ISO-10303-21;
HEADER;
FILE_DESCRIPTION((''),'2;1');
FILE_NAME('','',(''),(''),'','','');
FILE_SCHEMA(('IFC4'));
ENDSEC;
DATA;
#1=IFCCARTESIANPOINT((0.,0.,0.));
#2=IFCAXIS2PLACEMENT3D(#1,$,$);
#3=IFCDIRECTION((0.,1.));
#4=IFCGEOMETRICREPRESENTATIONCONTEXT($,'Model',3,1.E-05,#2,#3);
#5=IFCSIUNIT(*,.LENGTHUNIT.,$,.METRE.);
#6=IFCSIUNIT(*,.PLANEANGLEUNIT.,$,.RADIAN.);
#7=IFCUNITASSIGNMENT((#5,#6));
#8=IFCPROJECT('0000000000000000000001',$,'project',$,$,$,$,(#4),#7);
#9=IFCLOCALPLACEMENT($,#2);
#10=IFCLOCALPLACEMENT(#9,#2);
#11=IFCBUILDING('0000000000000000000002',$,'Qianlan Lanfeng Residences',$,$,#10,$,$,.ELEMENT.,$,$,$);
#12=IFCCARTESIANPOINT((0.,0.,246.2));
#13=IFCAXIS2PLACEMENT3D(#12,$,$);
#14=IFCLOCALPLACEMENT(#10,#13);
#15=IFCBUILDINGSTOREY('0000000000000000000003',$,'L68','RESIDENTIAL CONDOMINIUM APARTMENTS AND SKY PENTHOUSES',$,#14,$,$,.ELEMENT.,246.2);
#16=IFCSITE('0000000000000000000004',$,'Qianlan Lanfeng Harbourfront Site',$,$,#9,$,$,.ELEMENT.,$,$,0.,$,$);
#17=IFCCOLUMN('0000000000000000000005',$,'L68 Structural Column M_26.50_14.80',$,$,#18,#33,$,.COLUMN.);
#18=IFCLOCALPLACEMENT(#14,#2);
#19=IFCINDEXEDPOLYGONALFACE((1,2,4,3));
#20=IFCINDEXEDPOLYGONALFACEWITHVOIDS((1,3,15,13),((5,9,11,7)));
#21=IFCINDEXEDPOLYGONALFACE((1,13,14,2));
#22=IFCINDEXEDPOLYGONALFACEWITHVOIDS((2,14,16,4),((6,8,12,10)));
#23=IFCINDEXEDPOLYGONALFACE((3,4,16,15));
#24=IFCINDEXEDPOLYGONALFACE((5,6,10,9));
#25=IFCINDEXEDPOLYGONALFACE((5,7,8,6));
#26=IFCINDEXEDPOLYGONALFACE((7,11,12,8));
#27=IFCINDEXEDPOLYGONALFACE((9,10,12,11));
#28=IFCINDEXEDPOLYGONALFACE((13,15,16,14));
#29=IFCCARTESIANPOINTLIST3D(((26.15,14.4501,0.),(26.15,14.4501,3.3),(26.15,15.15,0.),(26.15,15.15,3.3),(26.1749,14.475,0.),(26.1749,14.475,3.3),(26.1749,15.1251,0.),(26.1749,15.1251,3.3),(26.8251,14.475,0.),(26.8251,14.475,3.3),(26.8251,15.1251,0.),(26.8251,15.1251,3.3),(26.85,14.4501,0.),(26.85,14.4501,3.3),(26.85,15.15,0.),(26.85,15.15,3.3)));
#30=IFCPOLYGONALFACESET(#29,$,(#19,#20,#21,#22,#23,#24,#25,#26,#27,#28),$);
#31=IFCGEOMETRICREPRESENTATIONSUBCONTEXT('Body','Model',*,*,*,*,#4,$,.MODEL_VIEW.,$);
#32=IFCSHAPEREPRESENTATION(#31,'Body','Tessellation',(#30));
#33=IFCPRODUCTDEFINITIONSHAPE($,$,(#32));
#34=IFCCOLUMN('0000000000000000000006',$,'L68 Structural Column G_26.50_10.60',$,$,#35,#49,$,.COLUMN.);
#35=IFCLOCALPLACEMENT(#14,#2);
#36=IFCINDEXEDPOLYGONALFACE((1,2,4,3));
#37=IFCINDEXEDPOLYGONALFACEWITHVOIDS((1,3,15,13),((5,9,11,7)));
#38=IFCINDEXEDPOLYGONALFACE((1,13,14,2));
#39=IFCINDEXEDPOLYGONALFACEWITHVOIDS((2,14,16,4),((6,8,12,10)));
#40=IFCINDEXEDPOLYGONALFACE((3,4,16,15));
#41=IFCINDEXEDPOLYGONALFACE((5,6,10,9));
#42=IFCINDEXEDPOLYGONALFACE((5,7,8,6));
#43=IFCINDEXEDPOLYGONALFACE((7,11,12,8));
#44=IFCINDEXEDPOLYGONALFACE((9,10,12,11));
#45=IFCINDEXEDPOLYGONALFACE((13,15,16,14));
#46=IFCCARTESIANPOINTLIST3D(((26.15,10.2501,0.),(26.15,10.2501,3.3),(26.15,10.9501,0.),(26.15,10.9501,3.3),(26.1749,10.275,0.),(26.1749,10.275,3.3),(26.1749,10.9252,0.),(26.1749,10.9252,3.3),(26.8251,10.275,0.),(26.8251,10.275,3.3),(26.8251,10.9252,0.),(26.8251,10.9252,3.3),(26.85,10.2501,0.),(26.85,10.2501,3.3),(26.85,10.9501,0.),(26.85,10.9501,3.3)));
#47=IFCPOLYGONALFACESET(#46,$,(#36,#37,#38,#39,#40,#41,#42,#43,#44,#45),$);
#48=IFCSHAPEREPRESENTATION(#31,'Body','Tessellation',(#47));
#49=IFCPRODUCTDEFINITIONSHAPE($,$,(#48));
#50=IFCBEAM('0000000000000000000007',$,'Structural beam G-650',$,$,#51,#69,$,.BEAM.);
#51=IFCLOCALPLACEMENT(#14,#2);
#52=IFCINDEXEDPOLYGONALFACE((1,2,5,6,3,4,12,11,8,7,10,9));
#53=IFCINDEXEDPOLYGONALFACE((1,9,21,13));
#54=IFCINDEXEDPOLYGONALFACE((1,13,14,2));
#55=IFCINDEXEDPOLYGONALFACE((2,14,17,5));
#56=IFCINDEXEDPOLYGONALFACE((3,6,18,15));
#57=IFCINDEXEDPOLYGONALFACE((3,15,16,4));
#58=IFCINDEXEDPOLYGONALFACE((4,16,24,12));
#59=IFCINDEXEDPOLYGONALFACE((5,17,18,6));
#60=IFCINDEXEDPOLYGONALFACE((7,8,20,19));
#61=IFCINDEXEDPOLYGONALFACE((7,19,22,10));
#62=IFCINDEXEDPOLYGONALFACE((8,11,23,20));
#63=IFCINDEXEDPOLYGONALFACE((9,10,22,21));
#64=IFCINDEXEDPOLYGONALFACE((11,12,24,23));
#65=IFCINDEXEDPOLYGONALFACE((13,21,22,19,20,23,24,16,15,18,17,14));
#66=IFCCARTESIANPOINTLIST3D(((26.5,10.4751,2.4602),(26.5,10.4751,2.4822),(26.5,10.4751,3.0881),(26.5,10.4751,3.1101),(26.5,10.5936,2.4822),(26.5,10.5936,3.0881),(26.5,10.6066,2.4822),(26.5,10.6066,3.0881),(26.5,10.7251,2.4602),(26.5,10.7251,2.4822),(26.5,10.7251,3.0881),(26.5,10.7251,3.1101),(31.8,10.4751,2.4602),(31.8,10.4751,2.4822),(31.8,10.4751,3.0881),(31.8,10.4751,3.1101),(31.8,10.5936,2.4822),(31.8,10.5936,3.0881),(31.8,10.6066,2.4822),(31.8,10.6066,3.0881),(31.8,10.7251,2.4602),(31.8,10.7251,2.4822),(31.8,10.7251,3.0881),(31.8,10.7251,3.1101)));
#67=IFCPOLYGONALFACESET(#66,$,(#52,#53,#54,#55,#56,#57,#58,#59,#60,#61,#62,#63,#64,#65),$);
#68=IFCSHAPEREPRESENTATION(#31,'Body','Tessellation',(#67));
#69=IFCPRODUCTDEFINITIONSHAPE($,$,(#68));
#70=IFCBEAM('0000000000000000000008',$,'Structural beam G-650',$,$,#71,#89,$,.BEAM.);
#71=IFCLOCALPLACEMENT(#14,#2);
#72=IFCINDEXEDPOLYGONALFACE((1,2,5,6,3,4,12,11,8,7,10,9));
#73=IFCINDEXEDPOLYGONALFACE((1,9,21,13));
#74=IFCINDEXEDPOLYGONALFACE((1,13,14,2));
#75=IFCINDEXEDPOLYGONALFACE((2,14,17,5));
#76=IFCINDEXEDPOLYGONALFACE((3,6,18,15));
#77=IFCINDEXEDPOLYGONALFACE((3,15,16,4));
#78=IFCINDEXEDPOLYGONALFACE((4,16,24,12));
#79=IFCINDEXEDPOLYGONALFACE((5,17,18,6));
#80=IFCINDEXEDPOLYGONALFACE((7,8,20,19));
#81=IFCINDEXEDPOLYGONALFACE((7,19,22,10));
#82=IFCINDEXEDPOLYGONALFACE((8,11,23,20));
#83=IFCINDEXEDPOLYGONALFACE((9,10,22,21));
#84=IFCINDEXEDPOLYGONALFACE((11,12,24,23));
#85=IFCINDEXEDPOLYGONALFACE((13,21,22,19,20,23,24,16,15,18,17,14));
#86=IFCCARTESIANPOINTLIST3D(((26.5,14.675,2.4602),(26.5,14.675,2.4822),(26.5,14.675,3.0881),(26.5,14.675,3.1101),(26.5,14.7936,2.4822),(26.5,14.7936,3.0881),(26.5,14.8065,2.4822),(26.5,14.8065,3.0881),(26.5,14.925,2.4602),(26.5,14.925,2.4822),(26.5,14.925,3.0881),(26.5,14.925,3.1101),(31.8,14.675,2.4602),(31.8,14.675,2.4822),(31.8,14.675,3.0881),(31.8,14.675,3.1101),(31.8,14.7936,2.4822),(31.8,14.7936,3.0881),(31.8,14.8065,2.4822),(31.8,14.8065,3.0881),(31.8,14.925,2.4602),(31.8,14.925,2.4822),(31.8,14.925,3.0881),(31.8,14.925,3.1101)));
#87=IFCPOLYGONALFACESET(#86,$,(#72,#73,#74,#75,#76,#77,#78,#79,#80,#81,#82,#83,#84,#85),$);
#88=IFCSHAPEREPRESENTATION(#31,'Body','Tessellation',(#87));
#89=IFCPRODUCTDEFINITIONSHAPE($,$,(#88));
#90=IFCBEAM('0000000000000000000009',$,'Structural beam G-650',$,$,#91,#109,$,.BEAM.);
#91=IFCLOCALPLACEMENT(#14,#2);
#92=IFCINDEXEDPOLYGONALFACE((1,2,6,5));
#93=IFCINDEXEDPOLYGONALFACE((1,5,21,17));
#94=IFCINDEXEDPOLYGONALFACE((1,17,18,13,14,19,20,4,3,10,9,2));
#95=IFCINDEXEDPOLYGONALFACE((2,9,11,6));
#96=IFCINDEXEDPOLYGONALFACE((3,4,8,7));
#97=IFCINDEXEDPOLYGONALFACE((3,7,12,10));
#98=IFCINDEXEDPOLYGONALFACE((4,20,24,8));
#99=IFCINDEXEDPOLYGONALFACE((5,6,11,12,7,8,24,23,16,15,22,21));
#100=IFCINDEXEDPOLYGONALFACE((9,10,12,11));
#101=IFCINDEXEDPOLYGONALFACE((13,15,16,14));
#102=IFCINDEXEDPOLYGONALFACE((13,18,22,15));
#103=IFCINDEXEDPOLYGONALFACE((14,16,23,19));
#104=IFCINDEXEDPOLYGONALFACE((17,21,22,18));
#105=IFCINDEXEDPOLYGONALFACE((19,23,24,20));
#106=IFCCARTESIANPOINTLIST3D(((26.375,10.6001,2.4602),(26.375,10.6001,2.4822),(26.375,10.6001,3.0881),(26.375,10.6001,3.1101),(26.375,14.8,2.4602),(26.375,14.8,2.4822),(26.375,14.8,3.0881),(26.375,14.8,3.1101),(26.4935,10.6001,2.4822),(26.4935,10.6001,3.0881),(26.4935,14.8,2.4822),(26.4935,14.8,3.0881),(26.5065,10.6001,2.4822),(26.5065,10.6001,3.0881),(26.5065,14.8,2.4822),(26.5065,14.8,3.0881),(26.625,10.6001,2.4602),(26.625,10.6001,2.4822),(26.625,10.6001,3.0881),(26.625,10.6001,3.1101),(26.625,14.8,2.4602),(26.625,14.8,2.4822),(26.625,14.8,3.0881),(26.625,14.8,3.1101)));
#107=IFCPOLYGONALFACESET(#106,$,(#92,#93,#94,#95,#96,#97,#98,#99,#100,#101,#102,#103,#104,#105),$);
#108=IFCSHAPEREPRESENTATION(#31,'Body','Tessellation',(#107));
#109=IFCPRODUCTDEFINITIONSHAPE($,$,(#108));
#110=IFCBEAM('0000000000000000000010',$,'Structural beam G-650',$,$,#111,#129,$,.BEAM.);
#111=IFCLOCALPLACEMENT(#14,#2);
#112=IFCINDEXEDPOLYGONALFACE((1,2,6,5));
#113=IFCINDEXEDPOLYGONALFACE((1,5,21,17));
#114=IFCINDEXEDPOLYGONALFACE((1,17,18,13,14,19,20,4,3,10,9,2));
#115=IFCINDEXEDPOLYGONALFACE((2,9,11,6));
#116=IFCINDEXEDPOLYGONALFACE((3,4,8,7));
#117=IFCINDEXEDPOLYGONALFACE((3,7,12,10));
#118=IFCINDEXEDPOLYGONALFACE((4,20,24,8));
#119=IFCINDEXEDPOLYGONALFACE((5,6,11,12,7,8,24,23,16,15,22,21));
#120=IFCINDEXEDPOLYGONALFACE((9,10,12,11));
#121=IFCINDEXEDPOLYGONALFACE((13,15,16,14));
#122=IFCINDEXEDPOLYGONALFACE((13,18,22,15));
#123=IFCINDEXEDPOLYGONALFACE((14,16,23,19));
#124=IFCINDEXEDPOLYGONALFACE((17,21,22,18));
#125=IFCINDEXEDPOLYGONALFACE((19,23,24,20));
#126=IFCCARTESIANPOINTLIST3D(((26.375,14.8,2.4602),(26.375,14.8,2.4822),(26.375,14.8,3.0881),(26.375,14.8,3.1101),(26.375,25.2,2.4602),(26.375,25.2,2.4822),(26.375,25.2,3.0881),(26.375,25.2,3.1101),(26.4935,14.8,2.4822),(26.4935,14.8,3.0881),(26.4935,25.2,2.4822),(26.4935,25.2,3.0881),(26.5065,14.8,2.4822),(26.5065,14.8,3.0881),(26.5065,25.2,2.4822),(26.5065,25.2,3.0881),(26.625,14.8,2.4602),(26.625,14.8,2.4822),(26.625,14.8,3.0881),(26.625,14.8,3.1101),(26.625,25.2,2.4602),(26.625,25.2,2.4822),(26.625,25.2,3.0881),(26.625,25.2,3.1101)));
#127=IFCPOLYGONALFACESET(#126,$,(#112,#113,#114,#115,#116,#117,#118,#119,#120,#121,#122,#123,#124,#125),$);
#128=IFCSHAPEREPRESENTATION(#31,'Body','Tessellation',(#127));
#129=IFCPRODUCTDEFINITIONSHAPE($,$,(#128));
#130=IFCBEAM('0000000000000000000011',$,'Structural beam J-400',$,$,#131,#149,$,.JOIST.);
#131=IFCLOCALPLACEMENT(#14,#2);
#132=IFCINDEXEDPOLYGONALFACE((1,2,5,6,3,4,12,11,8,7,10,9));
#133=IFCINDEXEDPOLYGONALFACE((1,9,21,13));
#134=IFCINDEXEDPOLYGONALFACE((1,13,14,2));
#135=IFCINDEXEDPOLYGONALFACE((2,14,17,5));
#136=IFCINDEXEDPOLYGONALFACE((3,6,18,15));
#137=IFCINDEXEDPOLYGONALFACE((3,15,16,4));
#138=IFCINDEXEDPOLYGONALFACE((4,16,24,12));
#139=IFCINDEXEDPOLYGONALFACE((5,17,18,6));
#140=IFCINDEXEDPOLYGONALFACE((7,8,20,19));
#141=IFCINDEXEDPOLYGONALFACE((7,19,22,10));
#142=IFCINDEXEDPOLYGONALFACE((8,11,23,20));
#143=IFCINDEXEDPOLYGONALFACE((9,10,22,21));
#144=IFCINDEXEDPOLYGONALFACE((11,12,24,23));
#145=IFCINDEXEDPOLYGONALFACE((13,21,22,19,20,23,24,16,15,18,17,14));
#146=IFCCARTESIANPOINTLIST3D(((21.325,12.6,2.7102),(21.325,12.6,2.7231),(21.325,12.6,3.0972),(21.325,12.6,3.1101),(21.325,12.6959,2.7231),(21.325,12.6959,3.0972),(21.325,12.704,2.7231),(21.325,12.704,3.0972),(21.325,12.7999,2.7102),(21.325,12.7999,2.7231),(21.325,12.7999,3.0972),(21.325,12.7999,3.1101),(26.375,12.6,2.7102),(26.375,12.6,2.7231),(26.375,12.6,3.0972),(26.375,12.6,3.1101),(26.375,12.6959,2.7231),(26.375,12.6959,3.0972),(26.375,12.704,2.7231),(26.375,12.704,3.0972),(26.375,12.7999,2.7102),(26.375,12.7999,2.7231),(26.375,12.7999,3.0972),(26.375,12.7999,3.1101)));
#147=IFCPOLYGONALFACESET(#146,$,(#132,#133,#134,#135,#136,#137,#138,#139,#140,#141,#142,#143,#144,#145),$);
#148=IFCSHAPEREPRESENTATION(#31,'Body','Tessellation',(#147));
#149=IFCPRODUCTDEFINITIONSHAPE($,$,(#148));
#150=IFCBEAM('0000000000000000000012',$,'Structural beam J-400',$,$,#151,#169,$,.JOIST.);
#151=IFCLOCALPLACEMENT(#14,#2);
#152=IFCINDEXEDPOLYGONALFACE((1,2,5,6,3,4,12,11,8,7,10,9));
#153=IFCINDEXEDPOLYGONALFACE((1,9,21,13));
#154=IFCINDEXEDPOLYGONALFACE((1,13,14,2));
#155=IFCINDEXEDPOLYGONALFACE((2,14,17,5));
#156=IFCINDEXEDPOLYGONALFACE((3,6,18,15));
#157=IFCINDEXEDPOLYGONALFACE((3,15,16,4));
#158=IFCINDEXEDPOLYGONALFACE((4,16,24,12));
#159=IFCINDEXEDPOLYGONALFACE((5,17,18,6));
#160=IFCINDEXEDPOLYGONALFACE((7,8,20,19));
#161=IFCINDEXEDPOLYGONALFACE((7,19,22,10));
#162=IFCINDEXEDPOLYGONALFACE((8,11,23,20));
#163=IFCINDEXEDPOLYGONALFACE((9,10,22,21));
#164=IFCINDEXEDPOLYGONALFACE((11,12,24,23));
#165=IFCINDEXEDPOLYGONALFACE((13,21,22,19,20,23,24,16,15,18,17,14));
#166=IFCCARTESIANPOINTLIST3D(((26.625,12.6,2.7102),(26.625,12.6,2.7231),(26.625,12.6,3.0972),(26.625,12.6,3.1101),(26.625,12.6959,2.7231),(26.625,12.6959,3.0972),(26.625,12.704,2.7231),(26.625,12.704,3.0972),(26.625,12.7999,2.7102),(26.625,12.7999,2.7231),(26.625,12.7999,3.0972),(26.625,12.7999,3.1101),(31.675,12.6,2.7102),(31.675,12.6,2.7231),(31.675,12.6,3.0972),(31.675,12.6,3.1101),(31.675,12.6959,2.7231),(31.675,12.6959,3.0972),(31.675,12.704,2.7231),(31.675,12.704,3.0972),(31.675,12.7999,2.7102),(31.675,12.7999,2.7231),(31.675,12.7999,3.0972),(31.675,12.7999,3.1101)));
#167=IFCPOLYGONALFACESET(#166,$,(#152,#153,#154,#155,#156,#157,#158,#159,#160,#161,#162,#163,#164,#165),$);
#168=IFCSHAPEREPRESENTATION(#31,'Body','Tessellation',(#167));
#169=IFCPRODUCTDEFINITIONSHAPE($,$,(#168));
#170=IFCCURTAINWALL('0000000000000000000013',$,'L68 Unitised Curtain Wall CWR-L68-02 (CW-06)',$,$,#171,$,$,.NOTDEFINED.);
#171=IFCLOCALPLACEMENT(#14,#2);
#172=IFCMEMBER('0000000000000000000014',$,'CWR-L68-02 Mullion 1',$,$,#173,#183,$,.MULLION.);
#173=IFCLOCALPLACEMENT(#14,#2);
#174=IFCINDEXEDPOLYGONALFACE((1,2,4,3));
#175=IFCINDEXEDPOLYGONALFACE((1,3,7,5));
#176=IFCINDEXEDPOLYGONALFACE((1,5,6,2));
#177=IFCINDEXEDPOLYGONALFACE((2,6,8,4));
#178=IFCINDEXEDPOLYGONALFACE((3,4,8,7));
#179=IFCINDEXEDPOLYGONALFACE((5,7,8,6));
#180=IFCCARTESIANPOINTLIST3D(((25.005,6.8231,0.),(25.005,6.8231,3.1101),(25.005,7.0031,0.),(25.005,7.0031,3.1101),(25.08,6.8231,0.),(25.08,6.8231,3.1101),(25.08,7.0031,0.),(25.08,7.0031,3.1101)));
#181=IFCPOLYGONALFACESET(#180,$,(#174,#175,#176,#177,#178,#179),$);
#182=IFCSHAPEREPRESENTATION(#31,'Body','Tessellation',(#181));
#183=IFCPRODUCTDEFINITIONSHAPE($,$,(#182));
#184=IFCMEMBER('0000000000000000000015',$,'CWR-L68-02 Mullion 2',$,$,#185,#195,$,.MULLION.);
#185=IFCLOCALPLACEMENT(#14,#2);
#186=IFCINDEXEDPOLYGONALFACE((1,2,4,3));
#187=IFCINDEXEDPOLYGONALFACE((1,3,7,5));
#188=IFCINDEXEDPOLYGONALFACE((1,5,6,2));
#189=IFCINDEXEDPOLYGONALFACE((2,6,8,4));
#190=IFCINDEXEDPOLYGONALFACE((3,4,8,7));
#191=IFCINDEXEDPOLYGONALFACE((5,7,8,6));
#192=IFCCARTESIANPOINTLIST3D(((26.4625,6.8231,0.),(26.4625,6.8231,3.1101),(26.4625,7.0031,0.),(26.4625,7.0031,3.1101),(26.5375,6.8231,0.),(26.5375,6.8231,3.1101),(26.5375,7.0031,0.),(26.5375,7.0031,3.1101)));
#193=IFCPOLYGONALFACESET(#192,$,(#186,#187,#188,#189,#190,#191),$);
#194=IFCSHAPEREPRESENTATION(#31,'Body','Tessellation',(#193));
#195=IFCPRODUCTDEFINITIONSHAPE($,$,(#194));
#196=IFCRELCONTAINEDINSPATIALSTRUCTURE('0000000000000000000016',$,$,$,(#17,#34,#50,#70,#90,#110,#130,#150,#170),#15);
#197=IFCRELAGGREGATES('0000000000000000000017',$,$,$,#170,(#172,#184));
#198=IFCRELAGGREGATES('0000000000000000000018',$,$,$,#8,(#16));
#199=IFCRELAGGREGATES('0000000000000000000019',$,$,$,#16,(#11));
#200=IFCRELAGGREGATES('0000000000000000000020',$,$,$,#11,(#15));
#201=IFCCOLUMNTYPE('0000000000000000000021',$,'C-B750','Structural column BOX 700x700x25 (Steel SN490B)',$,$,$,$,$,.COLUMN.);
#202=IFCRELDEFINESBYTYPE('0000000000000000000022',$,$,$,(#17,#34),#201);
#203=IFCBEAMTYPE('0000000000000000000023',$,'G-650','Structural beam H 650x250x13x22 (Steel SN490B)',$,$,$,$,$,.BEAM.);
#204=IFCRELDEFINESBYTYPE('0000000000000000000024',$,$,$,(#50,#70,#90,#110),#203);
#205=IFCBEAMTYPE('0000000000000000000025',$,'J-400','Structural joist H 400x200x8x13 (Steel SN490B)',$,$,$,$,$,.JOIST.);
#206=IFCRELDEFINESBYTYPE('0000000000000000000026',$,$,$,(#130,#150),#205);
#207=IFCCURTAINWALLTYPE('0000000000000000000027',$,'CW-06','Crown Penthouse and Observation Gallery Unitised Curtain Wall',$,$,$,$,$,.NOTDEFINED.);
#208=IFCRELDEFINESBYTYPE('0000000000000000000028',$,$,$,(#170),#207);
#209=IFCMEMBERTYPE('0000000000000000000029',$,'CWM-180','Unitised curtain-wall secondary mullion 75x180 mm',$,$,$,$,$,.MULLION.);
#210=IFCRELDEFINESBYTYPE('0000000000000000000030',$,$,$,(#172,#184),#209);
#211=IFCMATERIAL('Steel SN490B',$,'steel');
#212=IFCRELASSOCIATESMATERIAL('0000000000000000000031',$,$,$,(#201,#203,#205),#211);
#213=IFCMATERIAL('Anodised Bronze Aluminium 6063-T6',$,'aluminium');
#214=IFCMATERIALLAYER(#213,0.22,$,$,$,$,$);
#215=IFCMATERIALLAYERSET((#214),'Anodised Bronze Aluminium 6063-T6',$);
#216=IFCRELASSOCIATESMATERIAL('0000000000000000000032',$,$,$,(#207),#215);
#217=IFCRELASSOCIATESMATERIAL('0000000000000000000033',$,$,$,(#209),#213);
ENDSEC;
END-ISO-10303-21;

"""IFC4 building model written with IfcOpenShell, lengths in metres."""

from ifc_helpers import new_model, si_unit, direction, frame, origin, origin_2d, place, context, subcontext, project, spatial, rectangle, hollow_rectangle, i_section, extrude, source, transform, mapped, material, layer, layer_set, material_profile, profile_set, type_object, element, aggregate, save


model = new_model("IFC4")

# Units and contexts
model_context = context("Model", 3, precision=1e-05, world=origin(), true_north=direction((0.0, 1.0)))
body_context = subcontext(model_context, "Body", "Model", "MODEL_VIEW")
ifc_project = project(units=[si_unit("LENGTHUNIT", "METRE"), si_unit("PLANEANGLEUNIT", "RADIAN")], contexts=[model_context])

# Site, building, storey
site_placement = place(None, origin())
site = spatial("IfcSite", under=ifc_project, at=site_placement, Name="Qianlan Lanfeng Harbourfront Site", CompositionType="ELEMENT", RefElevation=0.0)
building_placement = place(site_placement, origin())
building = spatial("IfcBuilding", under=site, at=building_placement, Name="Qianlan Lanfeng Residences", CompositionType="ELEMENT")
storey_placement = place(building_placement, frame((0.0, 0.0, 246.2)))
storey = spatial("IfcBuildingStorey", under=building, at=storey_placement, Name="L68", Description="RESIDENTIAL CONDOMINIUM APARTMENTS AND SKY PENTHOUSES", CompositionType="ELEMENT", Elevation=246.2)

# Columns
ifc_material_1 = material(Name="Steel SN490B", Category="steel")
ifc_material_profile_1 = material_profile(ifc_material_1, hollow_rectangle(XDim=0.7, YDim=0.7, WallThickness=0.0249, at=origin_2d()), Name="BOX 700x700x25")
ifc_profile_set_1 = profile_set([ifc_material_profile_1], Name="Steel SN490B")
column_type = type_object("IfcColumnType", Name="C-B750", Description="Structural column BOX 700x700x25 (Steel SN490B)", PredefinedType="COLUMN", material=ifc_profile_set_1)
for number, where, z_axis, x_axis, name in (
    (1, (26.5, 14.8, 0.0), (0.0, 0.0, 1.0), (1.0, 0.0, 0.0), "L68 Structural Column M_26.50_14.80"),
    (2, (26.5, 10.6001, 0.0), (0.0, 0.0, 1.0), (1.0, 0.0, 0.0), "L68 Structural Column G_26.50_10.60"),
):
    element("IfcColumn", number, at=place(storey_placement, frame(where, z_axis=z_axis, x_axis=x_axis)), inside=storey, type_object=column_type, Name=name, PredefinedType="COLUMN", context=body_context, shape_type="SweptSolid", body=[
        extrude(hollow_rectangle(XDim=0.7, YDim=0.7, WallThickness=0.0249, at=origin_2d()), origin(), (0.0, 0.0, 1.0), 3.3),
    ])

# Beams
ifc_material_profile_2 = material_profile(ifc_material_1, i_section(OverallWidth=0.25, OverallDepth=0.6499, WebThickness=0.0129, FlangeThickness=0.022, at=origin_2d()), Name="H 650x250x13x22")
ifc_profile_set_2 = profile_set([ifc_material_profile_2], Name="Steel SN490B")
beam_type_1 = type_object("IfcBeamType", Name="G-650", Description="Structural beam H 650x250x13x22 (Steel SN490B)", PredefinedType="BEAM", material=ifc_profile_set_2)
for number, where, z_axis, x_axis, name in (
    (3, (26.5, 10.6001, 2.7852), (1.0, 0.0, 0.0), (0.0, 1.0, 0.0), "Structural beam G-650"),
    (4, (26.5, 14.8, 2.7852), (1.0, 0.0, 0.0), (0.0, 1.0, 0.0), "Structural beam G-650"),
):
    element("IfcBeam", number, at=place(storey_placement, frame(where, z_axis=z_axis, x_axis=x_axis)), inside=storey, type_object=beam_type_1, Name=name, PredefinedType="BEAM", context=body_context, shape_type="SweptSolid", body=[
        extrude(i_section(OverallWidth=0.25, OverallDepth=0.6499, WebThickness=0.0129, FlangeThickness=0.022, at=origin_2d()), origin(), (0.0, 0.0, 1.0), 5.3),
    ])
beam_1_placement = place(storey_placement, frame((26.5, 10.6001, 2.7852), z_axis=(0.0, 1.0, 0.0), x_axis=(-1.0, 0.0, 0.0)))
element("IfcBeam", 5, at=beam_1_placement, inside=storey, type_object=beam_type_1, Name="Structural beam G-650", PredefinedType="BEAM", context=body_context, shape_type="SweptSolid", body=[
    extrude(i_section(OverallWidth=0.25, OverallDepth=0.6499, WebThickness=0.0129, FlangeThickness=0.022, at=origin_2d()), origin(), (0.0, 0.0, 1.0), 4.2),
])
beam_2_placement = place(storey_placement, frame((26.5, 14.8, 2.7852), z_axis=(0.0, 1.0, 0.0), x_axis=(-1.0, 0.0, 0.0)))
element("IfcBeam", 6, at=beam_2_placement, inside=storey, type_object=beam_type_1, Name="Structural beam G-650", PredefinedType="BEAM", context=body_context, shape_type="SweptSolid", body=[
    extrude(i_section(OverallWidth=0.25, OverallDepth=0.6499, WebThickness=0.0129, FlangeThickness=0.022, at=origin_2d()), origin(), (0.0, 0.0, 1.0), 10.3999),
])
ifc_material_profile_3 = material_profile(ifc_material_1, i_section(OverallWidth=0.2, OverallDepth=0.3999, WebThickness=0.0081, FlangeThickness=0.0129, at=origin_2d()), Name="H 400x200x8x13")
ifc_profile_set_3 = profile_set([ifc_material_profile_3], Name="Steel SN490B")
beam_type_2 = type_object("IfcBeamType", Name="J-400", Description="Structural joist H 400x200x8x13 (Steel SN490B)", PredefinedType="JOIST", material=ifc_profile_set_3)
for number, where, z_axis, x_axis, name in (
    (7, (21.325, 12.7, 2.9102), (1.0, 0.0, 0.0), (0.0, 1.0, 0.0), "Structural beam J-400"),
    (8, (26.625, 12.7, 2.9102), (1.0, 0.0, 0.0), (0.0, 1.0, 0.0), "Structural beam J-400"),
):
    element("IfcBeam", number, at=place(storey_placement, frame(where, z_axis=z_axis, x_axis=x_axis)), inside=storey, type_object=beam_type_2, Name=name, PredefinedType="JOIST", context=body_context, shape_type="SweptSolid", body=[
        extrude(i_section(OverallWidth=0.2, OverallDepth=0.3999, WebThickness=0.0081, FlangeThickness=0.0129, at=origin_2d()), origin(), (0.0, 0.0, 1.0), 5.05),
    ])

# Curtain wall, members
ifc_material_2 = material(Name="Anodised Bronze Aluminium 6063-T6", Category="aluminium")
ifc_layer_1 = layer(ifc_material_2, 0.22)
ifc_layer_set_1 = layer_set([ifc_layer_1], Name="Anodised Bronze Aluminium 6063-T6")
curtain_wall_type = type_object("IfcCurtainWallType", Name="CW-06", Description="Crown Penthouse and Observation Gallery Unitised Curtain Wall", PredefinedType="NOTDEFINED", material=ifc_layer_set_1)
curtain_wall_1_placement = place(storey_placement, origin())
curtain_wall_1 = element("IfcCurtainWall", 9, at=curtain_wall_1_placement, inside=storey, type_object=curtain_wall_type, Name="L68 Unitised Curtain Wall CWR-L68-02 (CW-06)", PredefinedType="NOTDEFINED")
ifc_material_profile_4 = material_profile(ifc_material_2, rectangle(XDim=0.075, YDim=0.1799, at=origin_2d()), Name="ALU MULLION 75x180")
ifc_profile_set_4 = profile_set([ifc_material_profile_4], Name="Anodised Bronze Aluminium 6063-T6")
member_type_1 = type_object("IfcMemberType", Name="CWM-180", Description="Unitised curtain-wall secondary mullion 75x180 mm", PredefinedType="MULLION", material=ifc_profile_set_4)
shared_shape_1 = source(origin(), body_context, "Body", "SweptSolid", [
    extrude(rectangle(XDim=0.075, YDim=0.1799, at=origin_2d()), origin(), (0.0, 0.0, 1.0), 3.1101),
])
member_1_placement = place(storey_placement, frame((25.0425, 6.9131, 0.0), z_axis=(0.0, 0.0, 1.0), x_axis=(1.0, 0.0, 0.0)))
member_1 = element("IfcMember", 10, at=member_1_placement, type_object=member_type_1, Name="CWR-L68-02 Mullion 1", PredefinedType="MULLION", context=body_context, shape_type="MappedRepresentation", body=[
    mapped(shared_shape_1, transform((0.0, 0.0, 0.0), scale=1.0)),
])
member_2_placement = place(storey_placement, frame((26.5, 6.9131, 0.0), z_axis=(0.0, 0.0, 1.0), x_axis=(1.0, 0.0, 0.0)))
member_2 = element("IfcMember", 11, at=member_2_placement, type_object=member_type_1, Name="CWR-L68-02 Mullion 2", PredefinedType="MULLION", context=body_context, shape_type="MappedRepresentation", body=[
    mapped(shared_shape_1, transform((0.0, 0.0, 0.0), scale=1.0)),
])

aggregate(curtain_wall_1, [member_1, member_2])

save(model, "model.ifc")
